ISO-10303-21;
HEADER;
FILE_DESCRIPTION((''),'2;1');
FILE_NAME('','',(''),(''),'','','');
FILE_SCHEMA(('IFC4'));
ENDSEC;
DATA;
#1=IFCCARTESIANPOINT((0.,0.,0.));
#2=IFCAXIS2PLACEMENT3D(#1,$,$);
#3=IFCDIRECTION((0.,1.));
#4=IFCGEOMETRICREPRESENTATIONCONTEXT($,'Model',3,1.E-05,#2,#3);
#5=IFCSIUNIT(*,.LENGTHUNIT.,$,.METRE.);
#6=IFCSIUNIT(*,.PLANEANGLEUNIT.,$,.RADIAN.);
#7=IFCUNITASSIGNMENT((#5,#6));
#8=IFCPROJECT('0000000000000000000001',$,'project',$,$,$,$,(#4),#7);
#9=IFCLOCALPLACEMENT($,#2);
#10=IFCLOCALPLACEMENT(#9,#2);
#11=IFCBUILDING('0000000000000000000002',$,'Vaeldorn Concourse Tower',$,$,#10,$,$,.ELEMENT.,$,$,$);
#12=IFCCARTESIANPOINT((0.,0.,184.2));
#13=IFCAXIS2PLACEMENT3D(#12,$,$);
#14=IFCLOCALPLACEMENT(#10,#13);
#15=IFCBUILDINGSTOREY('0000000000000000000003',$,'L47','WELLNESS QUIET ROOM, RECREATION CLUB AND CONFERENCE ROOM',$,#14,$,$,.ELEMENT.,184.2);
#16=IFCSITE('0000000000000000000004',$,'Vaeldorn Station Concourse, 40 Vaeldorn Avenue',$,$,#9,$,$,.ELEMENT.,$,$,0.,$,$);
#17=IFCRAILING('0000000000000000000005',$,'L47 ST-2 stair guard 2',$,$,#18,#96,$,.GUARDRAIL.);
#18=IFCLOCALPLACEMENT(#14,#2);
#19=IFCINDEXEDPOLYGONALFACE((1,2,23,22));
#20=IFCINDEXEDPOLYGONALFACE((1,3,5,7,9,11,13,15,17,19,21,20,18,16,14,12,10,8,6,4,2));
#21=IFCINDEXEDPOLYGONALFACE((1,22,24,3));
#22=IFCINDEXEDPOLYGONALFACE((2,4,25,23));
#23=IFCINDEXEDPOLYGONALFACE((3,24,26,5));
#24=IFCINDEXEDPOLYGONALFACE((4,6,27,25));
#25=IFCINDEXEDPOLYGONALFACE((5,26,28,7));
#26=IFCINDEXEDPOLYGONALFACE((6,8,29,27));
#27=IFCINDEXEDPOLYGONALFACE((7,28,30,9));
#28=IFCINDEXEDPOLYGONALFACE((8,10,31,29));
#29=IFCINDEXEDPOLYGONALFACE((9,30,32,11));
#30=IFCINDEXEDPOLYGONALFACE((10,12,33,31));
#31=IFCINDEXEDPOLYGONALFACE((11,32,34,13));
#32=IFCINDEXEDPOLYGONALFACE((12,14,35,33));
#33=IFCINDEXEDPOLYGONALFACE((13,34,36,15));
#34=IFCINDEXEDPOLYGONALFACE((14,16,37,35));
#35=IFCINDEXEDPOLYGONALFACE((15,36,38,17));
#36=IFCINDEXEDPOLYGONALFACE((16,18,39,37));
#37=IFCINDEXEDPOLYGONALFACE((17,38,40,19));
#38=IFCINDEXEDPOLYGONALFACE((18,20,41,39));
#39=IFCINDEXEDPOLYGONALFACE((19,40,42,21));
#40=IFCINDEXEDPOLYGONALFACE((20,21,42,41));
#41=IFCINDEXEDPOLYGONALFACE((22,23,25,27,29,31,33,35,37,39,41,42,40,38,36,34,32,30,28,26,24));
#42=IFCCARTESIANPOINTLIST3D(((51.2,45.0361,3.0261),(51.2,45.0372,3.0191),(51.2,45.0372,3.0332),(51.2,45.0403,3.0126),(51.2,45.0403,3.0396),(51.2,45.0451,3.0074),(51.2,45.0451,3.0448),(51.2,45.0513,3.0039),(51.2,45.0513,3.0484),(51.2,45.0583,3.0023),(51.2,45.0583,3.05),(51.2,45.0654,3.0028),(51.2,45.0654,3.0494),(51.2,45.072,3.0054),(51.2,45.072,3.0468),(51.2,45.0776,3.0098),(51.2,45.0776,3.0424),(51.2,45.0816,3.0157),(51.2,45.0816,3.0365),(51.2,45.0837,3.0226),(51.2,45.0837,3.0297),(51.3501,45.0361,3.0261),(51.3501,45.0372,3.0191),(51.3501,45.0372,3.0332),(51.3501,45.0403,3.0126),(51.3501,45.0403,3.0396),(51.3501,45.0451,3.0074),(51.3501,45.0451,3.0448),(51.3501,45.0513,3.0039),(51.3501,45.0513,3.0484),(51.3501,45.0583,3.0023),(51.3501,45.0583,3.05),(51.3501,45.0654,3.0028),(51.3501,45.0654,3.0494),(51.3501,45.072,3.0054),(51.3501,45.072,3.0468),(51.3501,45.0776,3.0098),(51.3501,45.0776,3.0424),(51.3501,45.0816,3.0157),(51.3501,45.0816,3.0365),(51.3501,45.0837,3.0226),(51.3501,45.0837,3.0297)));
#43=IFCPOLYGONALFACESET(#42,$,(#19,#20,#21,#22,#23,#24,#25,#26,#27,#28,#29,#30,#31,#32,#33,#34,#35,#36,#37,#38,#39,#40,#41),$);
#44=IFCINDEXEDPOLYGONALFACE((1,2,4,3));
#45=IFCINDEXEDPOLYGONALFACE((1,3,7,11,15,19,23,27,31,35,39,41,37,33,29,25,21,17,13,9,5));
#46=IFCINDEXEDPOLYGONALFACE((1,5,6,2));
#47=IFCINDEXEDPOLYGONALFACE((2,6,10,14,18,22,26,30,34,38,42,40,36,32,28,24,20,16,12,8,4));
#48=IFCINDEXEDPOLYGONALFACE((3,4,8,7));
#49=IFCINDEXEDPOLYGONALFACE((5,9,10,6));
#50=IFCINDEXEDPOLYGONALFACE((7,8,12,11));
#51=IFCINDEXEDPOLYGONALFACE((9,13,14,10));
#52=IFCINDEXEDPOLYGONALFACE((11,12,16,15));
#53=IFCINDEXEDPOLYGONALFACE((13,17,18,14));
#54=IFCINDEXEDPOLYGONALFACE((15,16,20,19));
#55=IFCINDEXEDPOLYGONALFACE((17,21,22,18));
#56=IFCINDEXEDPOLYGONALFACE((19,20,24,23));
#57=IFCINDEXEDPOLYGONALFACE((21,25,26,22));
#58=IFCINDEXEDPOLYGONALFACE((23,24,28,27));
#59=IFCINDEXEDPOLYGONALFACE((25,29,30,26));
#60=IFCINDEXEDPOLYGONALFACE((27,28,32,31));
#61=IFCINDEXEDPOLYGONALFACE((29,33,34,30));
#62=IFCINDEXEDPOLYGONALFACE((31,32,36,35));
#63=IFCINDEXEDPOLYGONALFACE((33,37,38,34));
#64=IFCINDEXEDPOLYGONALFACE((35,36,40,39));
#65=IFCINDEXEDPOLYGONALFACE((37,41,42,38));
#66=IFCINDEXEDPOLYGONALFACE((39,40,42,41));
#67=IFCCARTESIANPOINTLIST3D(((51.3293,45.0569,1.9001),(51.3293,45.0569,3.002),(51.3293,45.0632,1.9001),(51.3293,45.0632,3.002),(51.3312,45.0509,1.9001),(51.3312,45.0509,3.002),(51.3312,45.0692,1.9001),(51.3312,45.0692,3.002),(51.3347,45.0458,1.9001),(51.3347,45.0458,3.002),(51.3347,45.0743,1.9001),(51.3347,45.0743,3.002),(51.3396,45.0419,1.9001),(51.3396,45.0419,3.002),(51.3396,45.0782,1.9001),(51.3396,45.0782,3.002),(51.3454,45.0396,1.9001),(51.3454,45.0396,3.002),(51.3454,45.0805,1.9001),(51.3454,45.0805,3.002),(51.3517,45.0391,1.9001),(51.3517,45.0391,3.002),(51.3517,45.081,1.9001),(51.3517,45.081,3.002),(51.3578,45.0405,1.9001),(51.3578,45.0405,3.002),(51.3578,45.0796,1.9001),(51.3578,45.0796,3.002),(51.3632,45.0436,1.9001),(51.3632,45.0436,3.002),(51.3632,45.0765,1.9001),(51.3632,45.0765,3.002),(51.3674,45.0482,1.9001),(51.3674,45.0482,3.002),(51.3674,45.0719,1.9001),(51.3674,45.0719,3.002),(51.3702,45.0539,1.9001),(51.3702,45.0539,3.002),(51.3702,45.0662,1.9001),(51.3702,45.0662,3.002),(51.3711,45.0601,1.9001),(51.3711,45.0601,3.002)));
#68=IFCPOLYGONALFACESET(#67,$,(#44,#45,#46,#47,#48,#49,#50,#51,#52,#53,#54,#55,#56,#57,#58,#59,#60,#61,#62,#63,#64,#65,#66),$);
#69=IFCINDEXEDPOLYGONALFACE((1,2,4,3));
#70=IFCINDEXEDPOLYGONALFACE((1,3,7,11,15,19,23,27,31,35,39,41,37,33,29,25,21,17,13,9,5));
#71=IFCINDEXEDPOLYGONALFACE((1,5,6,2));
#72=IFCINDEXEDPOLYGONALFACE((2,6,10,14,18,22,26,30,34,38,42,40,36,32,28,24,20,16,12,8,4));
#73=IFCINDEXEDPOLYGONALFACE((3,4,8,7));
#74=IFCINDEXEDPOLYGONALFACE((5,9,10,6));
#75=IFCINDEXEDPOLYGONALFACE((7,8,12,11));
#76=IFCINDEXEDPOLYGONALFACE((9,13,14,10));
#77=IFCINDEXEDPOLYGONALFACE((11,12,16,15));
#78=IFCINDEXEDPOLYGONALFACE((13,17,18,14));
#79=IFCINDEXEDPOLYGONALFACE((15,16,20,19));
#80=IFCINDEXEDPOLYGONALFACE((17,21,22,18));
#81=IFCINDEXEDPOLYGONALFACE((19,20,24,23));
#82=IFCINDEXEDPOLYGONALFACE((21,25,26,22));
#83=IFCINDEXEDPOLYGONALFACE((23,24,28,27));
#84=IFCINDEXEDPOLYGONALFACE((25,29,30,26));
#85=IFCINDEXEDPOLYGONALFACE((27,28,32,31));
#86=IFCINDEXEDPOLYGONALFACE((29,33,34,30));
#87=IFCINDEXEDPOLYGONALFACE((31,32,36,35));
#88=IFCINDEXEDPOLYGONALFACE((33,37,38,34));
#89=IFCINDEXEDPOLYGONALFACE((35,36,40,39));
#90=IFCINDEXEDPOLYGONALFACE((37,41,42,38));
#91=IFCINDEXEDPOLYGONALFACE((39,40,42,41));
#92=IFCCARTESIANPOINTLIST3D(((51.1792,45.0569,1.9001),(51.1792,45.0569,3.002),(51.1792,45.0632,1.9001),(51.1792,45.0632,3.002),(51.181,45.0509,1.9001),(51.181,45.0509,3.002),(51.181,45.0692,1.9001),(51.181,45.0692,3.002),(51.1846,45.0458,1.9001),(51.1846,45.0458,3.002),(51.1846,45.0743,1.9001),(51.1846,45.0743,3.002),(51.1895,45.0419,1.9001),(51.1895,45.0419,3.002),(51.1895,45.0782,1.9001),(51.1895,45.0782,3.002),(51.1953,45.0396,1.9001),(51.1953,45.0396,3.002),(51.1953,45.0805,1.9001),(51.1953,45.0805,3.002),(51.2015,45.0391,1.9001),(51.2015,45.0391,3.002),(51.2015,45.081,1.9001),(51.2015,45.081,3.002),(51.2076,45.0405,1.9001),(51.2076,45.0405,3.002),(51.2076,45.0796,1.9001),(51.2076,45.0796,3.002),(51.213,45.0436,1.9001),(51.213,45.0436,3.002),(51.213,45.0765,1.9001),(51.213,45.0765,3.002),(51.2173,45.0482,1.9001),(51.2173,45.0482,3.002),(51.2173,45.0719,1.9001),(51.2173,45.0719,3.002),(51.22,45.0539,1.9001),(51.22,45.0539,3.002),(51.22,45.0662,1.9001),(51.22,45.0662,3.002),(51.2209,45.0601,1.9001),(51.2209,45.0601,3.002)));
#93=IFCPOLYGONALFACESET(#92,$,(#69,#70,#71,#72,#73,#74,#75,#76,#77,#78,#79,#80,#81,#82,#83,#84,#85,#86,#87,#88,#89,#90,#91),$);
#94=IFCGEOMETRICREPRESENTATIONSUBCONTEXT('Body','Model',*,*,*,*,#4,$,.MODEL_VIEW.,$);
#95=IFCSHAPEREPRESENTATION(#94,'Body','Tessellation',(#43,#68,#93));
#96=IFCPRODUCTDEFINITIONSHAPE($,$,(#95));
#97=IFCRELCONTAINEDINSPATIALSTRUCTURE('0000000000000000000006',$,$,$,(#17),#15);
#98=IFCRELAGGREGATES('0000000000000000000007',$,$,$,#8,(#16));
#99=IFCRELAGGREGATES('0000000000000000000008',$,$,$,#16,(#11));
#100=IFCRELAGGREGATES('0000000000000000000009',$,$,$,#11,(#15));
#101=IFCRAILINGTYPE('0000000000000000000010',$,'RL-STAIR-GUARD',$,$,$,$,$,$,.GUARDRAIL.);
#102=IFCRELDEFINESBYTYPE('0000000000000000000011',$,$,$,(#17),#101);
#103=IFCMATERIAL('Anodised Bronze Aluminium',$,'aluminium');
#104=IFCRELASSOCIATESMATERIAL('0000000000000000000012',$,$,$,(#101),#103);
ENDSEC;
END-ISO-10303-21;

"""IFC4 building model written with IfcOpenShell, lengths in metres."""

from ifc_helpers import new_model, si_unit, direction, frame, origin, origin_2d, place, context, subcontext, project, spatial, circle, extrude, material, type_object, element, save


model = new_model("IFC4")

# Units and contexts
model_context = context("Model", 3, precision=1e-05, world=origin(), true_north=direction((0.0, 1.0)))
body_context = subcontext(model_context, "Body", "Model", "MODEL_VIEW")
ifc_project = project(units=[si_unit("LENGTHUNIT", "METRE"), si_unit("PLANEANGLEUNIT", "RADIAN")], contexts=[model_context])

# Site, building, storey
site_placement = place(None, origin())
site = spatial("IfcSite", under=ifc_project, at=site_placement, Name="Vaeldorn Station Concourse, 40 Vaeldorn Avenue", CompositionType="ELEMENT", RefElevation=0.0)
building_placement = place(site_placement, origin())
building = spatial("IfcBuilding", under=site, at=building_placement, Name="Vaeldorn Concourse Tower", CompositionType="ELEMENT")
storey_placement = place(building_placement, frame((0.0, 0.0, 184.2)))
storey = spatial("IfcBuildingStorey", under=building, at=storey_placement, Name="L47", Description="WELLNESS QUIET ROOM, RECREATION CLUB AND CONFERENCE ROOM", CompositionType="ELEMENT", Elevation=184.2)

# Shared definitions
ifc_material_1 = material(Name="Anodised Bronze Aluminium", Category="aluminium")

# Railing
railing_type_1 = type_object("IfcRailingType", Name="RL-STAIR-GUARD", PredefinedType="GUARDRAIL", material=ifc_material_1)
railing_1_placement = place(storey_placement, frame((51.3501, 45.0601, 1.9001)))
element("IfcRailing", 1, at=railing_1_placement, inside=storey, type_object=railing_type_1, Name="L47 ST-2 stair guard 2", PredefinedType="GUARDRAIL", context=body_context, shape_type="SweptSolid", body=[
    extrude(circle(Radius=0.0239, at=origin_2d()), frame((0.0, 0.0, 1.126), z_axis=(-1.0, 0.0, 0.0), x_axis=(0.0, -1.0, 0.0)), (0.0, 0.0, 1.0), 0.1501),
    extrude(circle(Radius=0.021, at=origin_2d()), origin(), (0.0, 0.0, 1.0), 1.1018),
    extrude(circle(Radius=0.021, at=origin_2d()), frame((-0.1501, 0.0, 0.0)), (0.0, 0.0, 1.0), 1.1018),
])

save(model, "model.ifc")
